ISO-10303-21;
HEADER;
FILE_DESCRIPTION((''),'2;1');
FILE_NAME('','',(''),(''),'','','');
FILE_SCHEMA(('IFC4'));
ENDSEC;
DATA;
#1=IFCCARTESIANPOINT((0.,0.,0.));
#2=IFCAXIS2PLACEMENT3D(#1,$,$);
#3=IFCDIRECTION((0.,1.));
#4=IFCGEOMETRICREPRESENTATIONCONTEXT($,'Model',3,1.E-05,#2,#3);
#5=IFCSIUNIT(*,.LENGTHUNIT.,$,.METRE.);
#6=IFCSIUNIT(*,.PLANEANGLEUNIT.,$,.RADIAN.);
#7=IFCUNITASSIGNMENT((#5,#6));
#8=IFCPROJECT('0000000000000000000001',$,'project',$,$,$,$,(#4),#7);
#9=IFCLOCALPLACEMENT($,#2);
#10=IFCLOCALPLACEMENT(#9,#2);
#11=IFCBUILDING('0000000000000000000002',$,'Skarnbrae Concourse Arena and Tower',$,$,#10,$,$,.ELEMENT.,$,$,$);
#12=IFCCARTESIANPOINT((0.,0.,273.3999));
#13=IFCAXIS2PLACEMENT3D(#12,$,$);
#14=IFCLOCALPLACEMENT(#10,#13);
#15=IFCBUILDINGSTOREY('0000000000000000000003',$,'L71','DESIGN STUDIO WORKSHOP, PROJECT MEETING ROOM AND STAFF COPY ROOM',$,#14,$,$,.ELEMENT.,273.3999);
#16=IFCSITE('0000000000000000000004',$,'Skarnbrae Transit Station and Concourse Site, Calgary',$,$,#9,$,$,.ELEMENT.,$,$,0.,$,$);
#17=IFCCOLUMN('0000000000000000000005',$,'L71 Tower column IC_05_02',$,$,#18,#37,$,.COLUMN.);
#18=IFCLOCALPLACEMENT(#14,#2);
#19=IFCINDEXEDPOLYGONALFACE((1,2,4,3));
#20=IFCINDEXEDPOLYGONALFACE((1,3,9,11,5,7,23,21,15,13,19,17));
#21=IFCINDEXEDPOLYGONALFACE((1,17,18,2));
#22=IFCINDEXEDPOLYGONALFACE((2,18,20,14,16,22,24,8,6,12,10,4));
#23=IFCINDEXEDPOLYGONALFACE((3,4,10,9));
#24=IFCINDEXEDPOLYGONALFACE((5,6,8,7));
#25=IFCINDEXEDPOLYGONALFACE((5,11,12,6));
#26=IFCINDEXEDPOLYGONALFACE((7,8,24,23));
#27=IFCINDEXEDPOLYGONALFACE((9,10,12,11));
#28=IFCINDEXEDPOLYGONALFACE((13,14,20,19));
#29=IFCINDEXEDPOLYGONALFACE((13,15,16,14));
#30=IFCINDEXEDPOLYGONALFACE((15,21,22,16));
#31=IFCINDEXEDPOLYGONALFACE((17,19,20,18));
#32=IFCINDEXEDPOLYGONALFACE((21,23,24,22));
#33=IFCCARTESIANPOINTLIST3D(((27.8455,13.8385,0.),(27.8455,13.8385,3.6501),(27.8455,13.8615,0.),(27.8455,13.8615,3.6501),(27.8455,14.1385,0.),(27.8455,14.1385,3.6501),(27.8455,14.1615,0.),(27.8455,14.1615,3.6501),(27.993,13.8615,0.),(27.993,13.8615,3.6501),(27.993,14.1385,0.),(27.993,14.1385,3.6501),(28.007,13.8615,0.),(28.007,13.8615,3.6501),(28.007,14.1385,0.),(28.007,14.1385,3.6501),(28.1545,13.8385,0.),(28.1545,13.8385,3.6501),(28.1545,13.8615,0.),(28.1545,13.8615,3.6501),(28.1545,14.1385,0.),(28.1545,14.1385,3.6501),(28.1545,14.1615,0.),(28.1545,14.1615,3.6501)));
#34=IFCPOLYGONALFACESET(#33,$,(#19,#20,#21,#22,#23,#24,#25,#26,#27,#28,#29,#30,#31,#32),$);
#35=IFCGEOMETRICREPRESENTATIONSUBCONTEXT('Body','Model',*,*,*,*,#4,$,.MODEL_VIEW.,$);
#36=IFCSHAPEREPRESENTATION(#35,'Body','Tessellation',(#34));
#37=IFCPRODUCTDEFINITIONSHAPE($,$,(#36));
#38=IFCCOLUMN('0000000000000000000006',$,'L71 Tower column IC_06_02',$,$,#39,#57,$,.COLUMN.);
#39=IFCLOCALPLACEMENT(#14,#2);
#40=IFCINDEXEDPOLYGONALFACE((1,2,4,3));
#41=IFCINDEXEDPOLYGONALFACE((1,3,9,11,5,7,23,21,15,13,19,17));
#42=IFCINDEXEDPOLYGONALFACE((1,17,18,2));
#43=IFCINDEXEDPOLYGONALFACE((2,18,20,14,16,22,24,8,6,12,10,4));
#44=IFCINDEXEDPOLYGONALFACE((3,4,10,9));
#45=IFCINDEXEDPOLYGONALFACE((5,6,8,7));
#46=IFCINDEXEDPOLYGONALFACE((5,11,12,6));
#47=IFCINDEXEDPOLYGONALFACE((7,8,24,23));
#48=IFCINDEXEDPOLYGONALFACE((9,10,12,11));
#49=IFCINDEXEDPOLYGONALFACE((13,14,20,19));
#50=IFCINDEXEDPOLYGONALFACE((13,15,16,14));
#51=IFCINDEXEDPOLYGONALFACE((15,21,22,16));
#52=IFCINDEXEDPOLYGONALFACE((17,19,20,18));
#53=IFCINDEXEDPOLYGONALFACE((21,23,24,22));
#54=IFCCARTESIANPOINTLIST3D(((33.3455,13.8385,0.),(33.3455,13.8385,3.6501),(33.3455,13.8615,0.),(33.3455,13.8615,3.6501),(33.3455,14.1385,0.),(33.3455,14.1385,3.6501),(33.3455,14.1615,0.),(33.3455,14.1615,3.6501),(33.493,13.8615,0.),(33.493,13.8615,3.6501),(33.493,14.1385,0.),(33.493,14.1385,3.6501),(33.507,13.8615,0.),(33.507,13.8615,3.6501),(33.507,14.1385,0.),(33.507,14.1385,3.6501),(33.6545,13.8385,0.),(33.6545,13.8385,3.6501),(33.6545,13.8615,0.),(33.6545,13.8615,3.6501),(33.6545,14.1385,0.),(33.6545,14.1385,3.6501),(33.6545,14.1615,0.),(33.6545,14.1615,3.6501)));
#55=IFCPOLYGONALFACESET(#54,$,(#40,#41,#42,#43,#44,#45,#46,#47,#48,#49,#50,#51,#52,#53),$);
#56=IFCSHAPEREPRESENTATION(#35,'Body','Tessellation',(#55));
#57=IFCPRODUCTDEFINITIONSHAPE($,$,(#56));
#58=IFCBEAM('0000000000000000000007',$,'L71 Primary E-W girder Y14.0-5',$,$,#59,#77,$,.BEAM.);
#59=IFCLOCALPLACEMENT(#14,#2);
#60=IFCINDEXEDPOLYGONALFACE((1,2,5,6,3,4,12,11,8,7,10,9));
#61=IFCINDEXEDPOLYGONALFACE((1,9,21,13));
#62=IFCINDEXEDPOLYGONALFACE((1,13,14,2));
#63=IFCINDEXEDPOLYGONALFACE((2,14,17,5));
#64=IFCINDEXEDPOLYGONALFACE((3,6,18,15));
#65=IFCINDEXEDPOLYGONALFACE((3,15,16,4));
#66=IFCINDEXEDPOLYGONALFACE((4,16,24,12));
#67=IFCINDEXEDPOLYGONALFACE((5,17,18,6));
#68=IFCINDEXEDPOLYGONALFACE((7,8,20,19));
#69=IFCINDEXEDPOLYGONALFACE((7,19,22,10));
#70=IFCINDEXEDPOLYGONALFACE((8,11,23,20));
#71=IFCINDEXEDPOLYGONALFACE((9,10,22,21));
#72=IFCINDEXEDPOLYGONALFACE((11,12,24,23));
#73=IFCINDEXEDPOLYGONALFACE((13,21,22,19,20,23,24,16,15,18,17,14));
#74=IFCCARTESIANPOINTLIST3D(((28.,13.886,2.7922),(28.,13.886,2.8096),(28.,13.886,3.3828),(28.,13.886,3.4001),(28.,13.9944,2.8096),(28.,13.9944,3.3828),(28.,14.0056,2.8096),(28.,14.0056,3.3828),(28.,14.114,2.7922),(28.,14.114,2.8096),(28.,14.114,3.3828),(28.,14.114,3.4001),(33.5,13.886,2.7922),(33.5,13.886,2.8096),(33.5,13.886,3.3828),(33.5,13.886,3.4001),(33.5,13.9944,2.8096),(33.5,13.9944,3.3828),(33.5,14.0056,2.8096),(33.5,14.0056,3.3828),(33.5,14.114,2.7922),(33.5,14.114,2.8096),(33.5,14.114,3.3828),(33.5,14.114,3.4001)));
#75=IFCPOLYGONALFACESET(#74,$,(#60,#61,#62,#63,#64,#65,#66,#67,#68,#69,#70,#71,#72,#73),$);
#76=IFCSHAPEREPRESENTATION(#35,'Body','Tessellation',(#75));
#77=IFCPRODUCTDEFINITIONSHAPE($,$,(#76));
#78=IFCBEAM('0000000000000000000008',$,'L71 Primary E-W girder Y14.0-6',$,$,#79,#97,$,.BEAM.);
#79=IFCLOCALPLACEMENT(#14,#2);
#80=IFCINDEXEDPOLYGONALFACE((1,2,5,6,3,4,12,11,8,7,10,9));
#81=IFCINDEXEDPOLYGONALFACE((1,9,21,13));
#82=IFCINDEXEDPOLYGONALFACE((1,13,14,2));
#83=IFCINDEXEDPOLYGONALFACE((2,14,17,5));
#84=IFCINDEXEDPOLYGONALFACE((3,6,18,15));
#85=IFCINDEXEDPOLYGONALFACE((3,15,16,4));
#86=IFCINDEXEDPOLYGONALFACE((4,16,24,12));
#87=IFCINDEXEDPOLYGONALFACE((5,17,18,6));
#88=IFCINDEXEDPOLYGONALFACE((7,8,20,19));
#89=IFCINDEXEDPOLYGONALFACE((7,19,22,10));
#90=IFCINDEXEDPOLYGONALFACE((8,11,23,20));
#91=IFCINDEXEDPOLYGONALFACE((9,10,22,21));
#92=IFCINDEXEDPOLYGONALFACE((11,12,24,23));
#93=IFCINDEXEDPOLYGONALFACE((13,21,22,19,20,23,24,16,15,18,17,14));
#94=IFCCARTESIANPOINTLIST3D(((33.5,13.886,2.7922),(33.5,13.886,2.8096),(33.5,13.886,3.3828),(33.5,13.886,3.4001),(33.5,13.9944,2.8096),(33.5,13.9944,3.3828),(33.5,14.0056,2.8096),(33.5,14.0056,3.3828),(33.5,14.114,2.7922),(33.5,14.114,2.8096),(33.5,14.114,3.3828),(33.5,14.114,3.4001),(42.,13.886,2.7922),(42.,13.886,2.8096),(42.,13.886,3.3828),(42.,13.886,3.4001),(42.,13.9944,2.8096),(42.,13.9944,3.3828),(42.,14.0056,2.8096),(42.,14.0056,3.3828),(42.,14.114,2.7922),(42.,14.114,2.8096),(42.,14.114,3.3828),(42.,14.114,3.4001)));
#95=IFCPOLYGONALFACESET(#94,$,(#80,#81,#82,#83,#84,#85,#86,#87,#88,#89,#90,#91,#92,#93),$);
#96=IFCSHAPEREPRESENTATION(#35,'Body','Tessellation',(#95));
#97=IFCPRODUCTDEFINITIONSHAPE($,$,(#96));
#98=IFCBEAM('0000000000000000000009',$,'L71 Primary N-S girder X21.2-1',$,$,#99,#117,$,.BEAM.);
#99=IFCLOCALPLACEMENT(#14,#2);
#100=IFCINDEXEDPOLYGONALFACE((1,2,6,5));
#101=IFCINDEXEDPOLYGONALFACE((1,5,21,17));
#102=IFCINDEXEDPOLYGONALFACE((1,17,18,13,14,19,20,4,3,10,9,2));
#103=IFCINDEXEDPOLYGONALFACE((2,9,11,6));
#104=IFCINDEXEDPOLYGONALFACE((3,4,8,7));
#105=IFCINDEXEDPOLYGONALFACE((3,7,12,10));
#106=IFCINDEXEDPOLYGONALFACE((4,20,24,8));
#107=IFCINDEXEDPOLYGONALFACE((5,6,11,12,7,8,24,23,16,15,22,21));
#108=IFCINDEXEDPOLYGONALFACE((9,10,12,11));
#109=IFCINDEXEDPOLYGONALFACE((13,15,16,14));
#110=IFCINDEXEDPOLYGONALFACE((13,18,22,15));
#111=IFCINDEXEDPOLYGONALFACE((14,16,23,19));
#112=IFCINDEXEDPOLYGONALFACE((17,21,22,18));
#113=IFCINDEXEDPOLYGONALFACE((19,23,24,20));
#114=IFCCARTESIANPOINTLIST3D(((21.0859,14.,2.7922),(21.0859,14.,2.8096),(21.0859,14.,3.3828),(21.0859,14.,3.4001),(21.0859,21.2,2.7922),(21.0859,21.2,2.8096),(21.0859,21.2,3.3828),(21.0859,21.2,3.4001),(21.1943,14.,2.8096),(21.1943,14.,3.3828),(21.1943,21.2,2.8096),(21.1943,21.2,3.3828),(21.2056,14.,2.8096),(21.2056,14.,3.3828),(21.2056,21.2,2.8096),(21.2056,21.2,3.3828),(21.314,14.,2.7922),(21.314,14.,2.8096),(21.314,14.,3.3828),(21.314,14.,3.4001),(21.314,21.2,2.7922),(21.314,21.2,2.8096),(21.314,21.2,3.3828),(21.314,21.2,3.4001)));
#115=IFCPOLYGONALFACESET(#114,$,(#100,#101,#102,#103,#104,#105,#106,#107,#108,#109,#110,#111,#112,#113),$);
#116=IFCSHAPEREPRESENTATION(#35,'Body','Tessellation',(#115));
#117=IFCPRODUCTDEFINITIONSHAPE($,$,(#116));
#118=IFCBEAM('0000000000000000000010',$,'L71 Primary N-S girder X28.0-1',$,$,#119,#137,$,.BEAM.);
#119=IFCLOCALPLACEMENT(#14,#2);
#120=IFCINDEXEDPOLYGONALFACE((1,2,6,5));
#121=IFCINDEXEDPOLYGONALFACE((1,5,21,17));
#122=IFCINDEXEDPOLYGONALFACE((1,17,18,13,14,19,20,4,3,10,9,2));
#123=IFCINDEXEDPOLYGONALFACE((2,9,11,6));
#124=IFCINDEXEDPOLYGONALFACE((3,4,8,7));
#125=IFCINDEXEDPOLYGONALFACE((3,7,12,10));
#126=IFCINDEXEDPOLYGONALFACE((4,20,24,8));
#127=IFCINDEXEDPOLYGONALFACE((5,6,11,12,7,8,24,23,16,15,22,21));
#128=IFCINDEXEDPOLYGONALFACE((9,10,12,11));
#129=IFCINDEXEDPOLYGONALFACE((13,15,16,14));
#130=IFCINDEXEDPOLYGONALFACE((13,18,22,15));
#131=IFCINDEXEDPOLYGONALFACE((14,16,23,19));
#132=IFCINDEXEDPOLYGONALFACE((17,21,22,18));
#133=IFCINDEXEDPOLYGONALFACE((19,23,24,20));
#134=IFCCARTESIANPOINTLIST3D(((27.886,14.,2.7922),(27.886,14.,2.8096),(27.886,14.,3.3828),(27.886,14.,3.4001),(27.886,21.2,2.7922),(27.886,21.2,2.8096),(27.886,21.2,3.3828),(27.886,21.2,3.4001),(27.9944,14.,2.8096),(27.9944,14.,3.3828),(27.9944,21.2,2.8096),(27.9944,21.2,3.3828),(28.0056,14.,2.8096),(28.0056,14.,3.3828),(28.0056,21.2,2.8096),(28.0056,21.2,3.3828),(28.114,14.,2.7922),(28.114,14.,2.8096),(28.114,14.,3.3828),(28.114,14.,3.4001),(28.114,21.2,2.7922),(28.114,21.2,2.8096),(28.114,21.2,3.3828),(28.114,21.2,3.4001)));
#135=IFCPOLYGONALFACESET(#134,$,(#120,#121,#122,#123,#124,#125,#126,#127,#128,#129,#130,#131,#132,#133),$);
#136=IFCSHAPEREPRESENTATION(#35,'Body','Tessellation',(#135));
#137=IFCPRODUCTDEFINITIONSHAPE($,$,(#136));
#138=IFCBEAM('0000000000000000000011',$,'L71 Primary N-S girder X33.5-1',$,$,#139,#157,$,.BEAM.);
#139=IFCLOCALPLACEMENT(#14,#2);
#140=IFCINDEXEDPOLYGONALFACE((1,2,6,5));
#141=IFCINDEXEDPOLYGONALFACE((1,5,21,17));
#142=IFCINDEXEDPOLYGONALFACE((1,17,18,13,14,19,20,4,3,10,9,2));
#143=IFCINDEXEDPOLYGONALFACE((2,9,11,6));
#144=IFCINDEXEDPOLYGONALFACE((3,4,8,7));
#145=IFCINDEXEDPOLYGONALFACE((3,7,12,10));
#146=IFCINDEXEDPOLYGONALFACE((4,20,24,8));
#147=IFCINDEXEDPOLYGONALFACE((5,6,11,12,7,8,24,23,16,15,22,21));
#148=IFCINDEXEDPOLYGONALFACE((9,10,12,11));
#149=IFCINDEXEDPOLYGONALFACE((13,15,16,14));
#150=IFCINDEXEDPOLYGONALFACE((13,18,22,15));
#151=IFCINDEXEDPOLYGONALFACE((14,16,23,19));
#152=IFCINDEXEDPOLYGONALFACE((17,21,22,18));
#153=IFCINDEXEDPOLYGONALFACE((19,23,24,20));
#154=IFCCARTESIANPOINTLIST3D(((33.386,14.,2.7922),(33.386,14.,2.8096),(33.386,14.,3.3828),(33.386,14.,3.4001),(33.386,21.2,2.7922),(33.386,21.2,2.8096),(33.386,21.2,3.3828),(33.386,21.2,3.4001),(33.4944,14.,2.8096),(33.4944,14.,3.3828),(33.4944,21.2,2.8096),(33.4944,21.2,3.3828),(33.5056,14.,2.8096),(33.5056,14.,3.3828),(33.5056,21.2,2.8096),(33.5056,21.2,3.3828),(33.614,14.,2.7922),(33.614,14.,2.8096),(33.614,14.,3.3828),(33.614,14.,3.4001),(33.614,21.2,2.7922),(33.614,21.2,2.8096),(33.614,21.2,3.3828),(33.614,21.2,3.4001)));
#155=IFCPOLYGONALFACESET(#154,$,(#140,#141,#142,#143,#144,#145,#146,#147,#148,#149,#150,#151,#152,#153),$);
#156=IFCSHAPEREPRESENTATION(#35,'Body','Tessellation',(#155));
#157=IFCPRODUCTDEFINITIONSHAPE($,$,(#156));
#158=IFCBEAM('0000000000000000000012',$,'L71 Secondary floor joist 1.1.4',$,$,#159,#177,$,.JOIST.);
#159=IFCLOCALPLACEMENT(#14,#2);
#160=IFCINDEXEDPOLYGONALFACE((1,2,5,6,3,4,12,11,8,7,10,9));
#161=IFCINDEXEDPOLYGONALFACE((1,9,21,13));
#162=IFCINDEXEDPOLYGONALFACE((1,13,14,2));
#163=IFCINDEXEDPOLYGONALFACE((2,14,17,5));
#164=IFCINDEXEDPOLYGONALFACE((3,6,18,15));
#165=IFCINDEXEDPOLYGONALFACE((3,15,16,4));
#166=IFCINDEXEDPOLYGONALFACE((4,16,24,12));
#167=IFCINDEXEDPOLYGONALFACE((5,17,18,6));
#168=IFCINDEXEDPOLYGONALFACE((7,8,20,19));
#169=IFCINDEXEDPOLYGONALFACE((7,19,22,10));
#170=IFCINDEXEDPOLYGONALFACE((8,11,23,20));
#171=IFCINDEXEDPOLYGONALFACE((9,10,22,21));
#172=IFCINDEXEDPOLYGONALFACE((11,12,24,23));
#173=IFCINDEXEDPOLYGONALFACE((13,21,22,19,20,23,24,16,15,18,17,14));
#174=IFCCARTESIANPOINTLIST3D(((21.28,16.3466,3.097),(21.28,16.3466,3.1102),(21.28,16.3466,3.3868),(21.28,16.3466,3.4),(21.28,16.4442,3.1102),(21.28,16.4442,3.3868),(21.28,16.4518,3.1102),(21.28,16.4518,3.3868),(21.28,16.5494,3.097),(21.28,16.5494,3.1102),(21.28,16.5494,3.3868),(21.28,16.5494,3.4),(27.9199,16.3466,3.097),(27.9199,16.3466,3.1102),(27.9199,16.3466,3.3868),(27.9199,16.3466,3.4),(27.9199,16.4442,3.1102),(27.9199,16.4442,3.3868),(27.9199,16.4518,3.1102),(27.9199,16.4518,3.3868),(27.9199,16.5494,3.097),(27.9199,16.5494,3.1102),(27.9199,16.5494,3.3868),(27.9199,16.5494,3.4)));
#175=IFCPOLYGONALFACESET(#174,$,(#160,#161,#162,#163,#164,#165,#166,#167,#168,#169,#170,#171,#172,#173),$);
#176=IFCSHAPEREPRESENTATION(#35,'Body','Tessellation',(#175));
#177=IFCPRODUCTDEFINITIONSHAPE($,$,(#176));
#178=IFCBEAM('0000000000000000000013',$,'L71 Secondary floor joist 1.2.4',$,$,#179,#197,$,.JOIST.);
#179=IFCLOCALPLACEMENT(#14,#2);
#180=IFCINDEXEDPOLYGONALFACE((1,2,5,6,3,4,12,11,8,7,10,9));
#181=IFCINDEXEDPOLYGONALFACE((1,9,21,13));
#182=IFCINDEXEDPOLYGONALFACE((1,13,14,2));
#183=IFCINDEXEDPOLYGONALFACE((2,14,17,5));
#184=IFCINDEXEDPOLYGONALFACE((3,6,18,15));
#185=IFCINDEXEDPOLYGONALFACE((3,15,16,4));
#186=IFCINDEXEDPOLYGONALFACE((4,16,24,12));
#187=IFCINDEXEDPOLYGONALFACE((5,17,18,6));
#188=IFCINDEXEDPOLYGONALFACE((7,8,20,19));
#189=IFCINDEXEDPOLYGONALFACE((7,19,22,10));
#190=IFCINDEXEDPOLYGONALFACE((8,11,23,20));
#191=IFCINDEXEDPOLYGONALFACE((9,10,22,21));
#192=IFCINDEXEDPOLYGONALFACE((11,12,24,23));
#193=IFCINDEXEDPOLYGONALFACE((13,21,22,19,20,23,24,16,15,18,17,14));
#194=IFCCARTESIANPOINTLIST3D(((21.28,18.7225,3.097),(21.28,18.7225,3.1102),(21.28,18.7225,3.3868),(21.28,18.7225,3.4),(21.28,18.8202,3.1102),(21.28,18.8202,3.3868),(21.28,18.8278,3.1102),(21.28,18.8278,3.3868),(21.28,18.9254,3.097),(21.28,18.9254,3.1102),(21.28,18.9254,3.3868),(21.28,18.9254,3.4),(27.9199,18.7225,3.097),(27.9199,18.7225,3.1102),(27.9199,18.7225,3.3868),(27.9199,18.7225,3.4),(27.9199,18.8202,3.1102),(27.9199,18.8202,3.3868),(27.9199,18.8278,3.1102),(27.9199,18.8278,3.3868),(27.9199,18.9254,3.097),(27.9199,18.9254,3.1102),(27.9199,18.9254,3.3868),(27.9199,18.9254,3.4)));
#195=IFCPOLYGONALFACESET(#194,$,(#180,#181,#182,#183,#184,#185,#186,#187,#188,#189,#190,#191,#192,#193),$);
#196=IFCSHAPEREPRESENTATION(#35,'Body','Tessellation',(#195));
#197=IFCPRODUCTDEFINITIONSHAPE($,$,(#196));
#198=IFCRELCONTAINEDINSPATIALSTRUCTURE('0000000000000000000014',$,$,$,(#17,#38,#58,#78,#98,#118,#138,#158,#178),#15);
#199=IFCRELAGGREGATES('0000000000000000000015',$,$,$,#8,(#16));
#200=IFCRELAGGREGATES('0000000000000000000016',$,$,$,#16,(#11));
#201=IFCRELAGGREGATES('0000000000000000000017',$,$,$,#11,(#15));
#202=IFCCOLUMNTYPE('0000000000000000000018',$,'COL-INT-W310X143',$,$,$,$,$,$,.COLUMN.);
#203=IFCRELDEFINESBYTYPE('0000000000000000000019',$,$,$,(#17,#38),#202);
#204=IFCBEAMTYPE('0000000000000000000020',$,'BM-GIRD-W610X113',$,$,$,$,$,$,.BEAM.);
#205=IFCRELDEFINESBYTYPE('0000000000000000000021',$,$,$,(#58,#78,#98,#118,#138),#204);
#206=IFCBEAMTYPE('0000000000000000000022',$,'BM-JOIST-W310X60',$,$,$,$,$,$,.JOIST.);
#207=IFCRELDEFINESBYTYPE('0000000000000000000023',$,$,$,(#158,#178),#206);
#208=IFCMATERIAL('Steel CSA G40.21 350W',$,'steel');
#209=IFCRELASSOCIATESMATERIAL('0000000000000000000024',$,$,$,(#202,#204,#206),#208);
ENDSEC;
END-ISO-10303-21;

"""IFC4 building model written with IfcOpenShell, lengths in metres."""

from ifc_helpers import new_model, si_unit, direction, frame, origin, origin_2d, place, context, subcontext, project, spatial, i_section, extrude, source, transform, mapped, material, material_profile, profile_set, type_object, element, save


model = new_model("IFC4")

# Units and contexts
model_context = context("Model", 3, precision=1e-05, world=origin(), true_north=direction((0.0, 1.0)))
body_context = subcontext(model_context, "Body", "Model", "MODEL_VIEW")
ifc_project = project(units=[si_unit("LENGTHUNIT", "METRE"), si_unit("PLANEANGLEUNIT", "RADIAN")], contexts=[model_context])

# Site, building, storey
site_placement = place(None, origin())
site = spatial("IfcSite", under=ifc_project, at=site_placement, Name="Skarnbrae Transit Station and Concourse Site, Calgary", CompositionType="ELEMENT", RefElevation=0.0)
building_placement = place(site_placement, origin())
building = spatial("IfcBuilding", under=site, at=building_placement, Name="Skarnbrae Concourse Arena and Tower", CompositionType="ELEMENT")
storey_placement = place(building_placement, frame((0.0, 0.0, 273.3999)))
storey = spatial("IfcBuildingStorey", under=building, at=storey_placement, Name="L71", Description="DESIGN STUDIO WORKSHOP, PROJECT MEETING ROOM AND STAFF COPY ROOM", CompositionType="ELEMENT", Elevation=273.3999)

# Columns
ifc_material_1 = material(Name="Steel CSA G40.21 350W", Category="steel")
ifc_material_profile_1 = material_profile(ifc_material_1, i_section(OverallWidth=0.3091, OverallDepth=0.323, WebThickness=0.0139, FlangeThickness=0.0229, at=origin_2d()), Name="W310X143")
ifc_profile_set_1 = profile_set([ifc_material_profile_1], Name="Steel CSA G40.21 350W")
column_type = type_object("IfcColumnType", Name="COL-INT-W310X143", PredefinedType="COLUMN", material=ifc_profile_set_1)
shared_shape_1 = source(origin(), body_context, "Body", "SweptSolid", [
    extrude(i_section(OverallWidth=0.3091, OverallDepth=0.323, WebThickness=0.0139, FlangeThickness=0.0229, at=origin_2d()), origin(), (0.0, 0.0, 1.0), 3.6501),
])
for number, where, z_axis, x_axis, name in (
    (1, (28.0, 14.0, 0.0), (0.0, 0.0, 1.0), (1.0, 0.0, 0.0), "L71 Tower column IC_05_02"),
    (2, (33.5, 14.0, 0.0), (0.0, 0.0, 1.0), (1.0, 0.0, 0.0), "L71 Tower column IC_06_02"),
):
    element("IfcColumn", number, at=place(storey_placement, frame(where, z_axis=z_axis, x_axis=x_axis)), inside=storey, type_object=column_type, Name=name, PredefinedType="COLUMN", context=body_context, shape_type="MappedRepresentation", body=[
        mapped(shared_shape_1, transform((0.0, 0.0, 0.0))),
    ])

# Beams
ifc_material_profile_2 = material_profile(ifc_material_1, i_section(OverallWidth=0.228, OverallDepth=0.6079, WebThickness=0.0112, FlangeThickness=0.0173, at=origin_2d()), Name="W610X113")
ifc_profile_set_2 = profile_set([ifc_material_profile_2], Name="Steel CSA G40.21 350W")
beam_type_1 = type_object("IfcBeamType", Name="BM-GIRD-W610X113", PredefinedType="BEAM", material=ifc_profile_set_2)
shared_shape_2 = source(origin(), body_context, "Body", "SweptSolid", [
    extrude(i_section(OverallWidth=0.228, OverallDepth=0.6079, WebThickness=0.0112, FlangeThickness=0.0173, at=origin_2d()), origin(), (0.0, 0.0, 1.0), 5.5),
])
beam_1_placement = place(storey_placement, frame((28.0, 14.0, 3.0962), z_axis=(1.0, 0.0, 0.0), x_axis=(0.0, 1.0, 0.0)))
element("IfcBeam", 3, at=beam_1_placement, inside=storey, type_object=beam_type_1, Name="L71 Primary E-W girder Y14.0-5", PredefinedType="BEAM", context=body_context, shape_type="MappedRepresentation", body=[
    mapped(shared_shape_2, transform((0.0, 0.0, 0.0))),
])
shared_shape_3 = source(origin(), body_context, "Body", "SweptSolid", [
    extrude(i_section(OverallWidth=0.228, OverallDepth=0.6079, WebThickness=0.0112, FlangeThickness=0.0173, at=origin_2d()), origin(), (0.0, 0.0, 1.0), 8.5),
])
beam_2_placement = place(storey_placement, frame((33.5, 14.0, 3.0962), z_axis=(1.0, 0.0, 0.0), x_axis=(0.0, 1.0, 0.0)))
element("IfcBeam", 4, at=beam_2_placement, inside=storey, type_object=beam_type_1, Name="L71 Primary E-W girder Y14.0-6", PredefinedType="BEAM", context=body_context, shape_type="MappedRepresentation", body=[
    mapped(shared_shape_3, transform((0.0, 0.0, 0.0))),
])
shared_shape_4 = source(origin(), body_context, "Body", "SweptSolid", [
    extrude(i_section(OverallWidth=0.228, OverallDepth=0.6079, WebThickness=0.0112, FlangeThickness=0.0173, at=origin_2d()), origin(), (0.0, 0.0, 1.0), 7.2),
])
for number, where, z_axis, x_axis, name in (
    (5, (21.2, 14.0, 3.0962), (0.0, 1.0, 0.0), (-1.0, 0.0, 0.0), "L71 Primary N-S girder X21.2-1"),
    (6, (28.0, 14.0, 3.0962), (0.0, 1.0, 0.0), (-1.0, 0.0, 0.0), "L71 Primary N-S girder X28.0-1"),
    (7, (33.5, 14.0, 3.0962), (0.0, 1.0, 0.0), (-1.0, 0.0, 0.0), "L71 Primary N-S girder X33.5-1"),
):
    element("IfcBeam", number, at=place(storey_placement, frame(where, z_axis=z_axis, x_axis=x_axis)), inside=storey, type_object=beam_type_1, Name=name, PredefinedType="BEAM", context=body_context, shape_type="MappedRepresentation", body=[
        mapped(shared_shape_4, transform((0.0, 0.0, 0.0))),
    ])
ifc_material_profile_3 = material_profile(ifc_material_1, i_section(OverallWidth=0.2029, OverallDepth=0.303, WebThickness=0.0076, FlangeThickness=0.0132, at=origin_2d()), Name="W310X60")
ifc_profile_set_3 = profile_set([ifc_material_profile_3], Name="Steel CSA G40.21 350W")
beam_type_2 = type_object("IfcBeamType", Name="BM-JOIST-W310X60", PredefinedType="JOIST", material=ifc_profile_set_3)
shared_shape_5 = source(origin(), body_context, "Body", "SweptSolid", [
    extrude(i_section(OverallWidth=0.2029, OverallDepth=0.303, WebThickness=0.0076, FlangeThickness=0.0132, at=origin_2d()), origin(), (0.0, 0.0, 1.0), 6.6399),
])
for number, where, z_axis, x_axis, name in (
    (8, (21.28, 16.448, 3.2485), (1.0, 0.0, 0.0), (0.0, 1.0, 0.0), "L71 Secondary floor joist 1.1.4"),
    (9, (21.28, 18.824, 3.2485), (1.0, 0.0, 0.0), (0.0, 1.0, 0.0), "L71 Secondary floor joist 1.2.4"),
):
    element("IfcBeam", number, at=place(storey_placement, frame(where, z_axis=z_axis, x_axis=x_axis)), inside=storey, type_object=beam_type_2, Name=name, PredefinedType="JOIST", context=body_context, shape_type="MappedRepresentation", body=[
        mapped(shared_shape_5, transform((0.0, 0.0, 0.0))),
    ])

save(model, "model.ifc")
